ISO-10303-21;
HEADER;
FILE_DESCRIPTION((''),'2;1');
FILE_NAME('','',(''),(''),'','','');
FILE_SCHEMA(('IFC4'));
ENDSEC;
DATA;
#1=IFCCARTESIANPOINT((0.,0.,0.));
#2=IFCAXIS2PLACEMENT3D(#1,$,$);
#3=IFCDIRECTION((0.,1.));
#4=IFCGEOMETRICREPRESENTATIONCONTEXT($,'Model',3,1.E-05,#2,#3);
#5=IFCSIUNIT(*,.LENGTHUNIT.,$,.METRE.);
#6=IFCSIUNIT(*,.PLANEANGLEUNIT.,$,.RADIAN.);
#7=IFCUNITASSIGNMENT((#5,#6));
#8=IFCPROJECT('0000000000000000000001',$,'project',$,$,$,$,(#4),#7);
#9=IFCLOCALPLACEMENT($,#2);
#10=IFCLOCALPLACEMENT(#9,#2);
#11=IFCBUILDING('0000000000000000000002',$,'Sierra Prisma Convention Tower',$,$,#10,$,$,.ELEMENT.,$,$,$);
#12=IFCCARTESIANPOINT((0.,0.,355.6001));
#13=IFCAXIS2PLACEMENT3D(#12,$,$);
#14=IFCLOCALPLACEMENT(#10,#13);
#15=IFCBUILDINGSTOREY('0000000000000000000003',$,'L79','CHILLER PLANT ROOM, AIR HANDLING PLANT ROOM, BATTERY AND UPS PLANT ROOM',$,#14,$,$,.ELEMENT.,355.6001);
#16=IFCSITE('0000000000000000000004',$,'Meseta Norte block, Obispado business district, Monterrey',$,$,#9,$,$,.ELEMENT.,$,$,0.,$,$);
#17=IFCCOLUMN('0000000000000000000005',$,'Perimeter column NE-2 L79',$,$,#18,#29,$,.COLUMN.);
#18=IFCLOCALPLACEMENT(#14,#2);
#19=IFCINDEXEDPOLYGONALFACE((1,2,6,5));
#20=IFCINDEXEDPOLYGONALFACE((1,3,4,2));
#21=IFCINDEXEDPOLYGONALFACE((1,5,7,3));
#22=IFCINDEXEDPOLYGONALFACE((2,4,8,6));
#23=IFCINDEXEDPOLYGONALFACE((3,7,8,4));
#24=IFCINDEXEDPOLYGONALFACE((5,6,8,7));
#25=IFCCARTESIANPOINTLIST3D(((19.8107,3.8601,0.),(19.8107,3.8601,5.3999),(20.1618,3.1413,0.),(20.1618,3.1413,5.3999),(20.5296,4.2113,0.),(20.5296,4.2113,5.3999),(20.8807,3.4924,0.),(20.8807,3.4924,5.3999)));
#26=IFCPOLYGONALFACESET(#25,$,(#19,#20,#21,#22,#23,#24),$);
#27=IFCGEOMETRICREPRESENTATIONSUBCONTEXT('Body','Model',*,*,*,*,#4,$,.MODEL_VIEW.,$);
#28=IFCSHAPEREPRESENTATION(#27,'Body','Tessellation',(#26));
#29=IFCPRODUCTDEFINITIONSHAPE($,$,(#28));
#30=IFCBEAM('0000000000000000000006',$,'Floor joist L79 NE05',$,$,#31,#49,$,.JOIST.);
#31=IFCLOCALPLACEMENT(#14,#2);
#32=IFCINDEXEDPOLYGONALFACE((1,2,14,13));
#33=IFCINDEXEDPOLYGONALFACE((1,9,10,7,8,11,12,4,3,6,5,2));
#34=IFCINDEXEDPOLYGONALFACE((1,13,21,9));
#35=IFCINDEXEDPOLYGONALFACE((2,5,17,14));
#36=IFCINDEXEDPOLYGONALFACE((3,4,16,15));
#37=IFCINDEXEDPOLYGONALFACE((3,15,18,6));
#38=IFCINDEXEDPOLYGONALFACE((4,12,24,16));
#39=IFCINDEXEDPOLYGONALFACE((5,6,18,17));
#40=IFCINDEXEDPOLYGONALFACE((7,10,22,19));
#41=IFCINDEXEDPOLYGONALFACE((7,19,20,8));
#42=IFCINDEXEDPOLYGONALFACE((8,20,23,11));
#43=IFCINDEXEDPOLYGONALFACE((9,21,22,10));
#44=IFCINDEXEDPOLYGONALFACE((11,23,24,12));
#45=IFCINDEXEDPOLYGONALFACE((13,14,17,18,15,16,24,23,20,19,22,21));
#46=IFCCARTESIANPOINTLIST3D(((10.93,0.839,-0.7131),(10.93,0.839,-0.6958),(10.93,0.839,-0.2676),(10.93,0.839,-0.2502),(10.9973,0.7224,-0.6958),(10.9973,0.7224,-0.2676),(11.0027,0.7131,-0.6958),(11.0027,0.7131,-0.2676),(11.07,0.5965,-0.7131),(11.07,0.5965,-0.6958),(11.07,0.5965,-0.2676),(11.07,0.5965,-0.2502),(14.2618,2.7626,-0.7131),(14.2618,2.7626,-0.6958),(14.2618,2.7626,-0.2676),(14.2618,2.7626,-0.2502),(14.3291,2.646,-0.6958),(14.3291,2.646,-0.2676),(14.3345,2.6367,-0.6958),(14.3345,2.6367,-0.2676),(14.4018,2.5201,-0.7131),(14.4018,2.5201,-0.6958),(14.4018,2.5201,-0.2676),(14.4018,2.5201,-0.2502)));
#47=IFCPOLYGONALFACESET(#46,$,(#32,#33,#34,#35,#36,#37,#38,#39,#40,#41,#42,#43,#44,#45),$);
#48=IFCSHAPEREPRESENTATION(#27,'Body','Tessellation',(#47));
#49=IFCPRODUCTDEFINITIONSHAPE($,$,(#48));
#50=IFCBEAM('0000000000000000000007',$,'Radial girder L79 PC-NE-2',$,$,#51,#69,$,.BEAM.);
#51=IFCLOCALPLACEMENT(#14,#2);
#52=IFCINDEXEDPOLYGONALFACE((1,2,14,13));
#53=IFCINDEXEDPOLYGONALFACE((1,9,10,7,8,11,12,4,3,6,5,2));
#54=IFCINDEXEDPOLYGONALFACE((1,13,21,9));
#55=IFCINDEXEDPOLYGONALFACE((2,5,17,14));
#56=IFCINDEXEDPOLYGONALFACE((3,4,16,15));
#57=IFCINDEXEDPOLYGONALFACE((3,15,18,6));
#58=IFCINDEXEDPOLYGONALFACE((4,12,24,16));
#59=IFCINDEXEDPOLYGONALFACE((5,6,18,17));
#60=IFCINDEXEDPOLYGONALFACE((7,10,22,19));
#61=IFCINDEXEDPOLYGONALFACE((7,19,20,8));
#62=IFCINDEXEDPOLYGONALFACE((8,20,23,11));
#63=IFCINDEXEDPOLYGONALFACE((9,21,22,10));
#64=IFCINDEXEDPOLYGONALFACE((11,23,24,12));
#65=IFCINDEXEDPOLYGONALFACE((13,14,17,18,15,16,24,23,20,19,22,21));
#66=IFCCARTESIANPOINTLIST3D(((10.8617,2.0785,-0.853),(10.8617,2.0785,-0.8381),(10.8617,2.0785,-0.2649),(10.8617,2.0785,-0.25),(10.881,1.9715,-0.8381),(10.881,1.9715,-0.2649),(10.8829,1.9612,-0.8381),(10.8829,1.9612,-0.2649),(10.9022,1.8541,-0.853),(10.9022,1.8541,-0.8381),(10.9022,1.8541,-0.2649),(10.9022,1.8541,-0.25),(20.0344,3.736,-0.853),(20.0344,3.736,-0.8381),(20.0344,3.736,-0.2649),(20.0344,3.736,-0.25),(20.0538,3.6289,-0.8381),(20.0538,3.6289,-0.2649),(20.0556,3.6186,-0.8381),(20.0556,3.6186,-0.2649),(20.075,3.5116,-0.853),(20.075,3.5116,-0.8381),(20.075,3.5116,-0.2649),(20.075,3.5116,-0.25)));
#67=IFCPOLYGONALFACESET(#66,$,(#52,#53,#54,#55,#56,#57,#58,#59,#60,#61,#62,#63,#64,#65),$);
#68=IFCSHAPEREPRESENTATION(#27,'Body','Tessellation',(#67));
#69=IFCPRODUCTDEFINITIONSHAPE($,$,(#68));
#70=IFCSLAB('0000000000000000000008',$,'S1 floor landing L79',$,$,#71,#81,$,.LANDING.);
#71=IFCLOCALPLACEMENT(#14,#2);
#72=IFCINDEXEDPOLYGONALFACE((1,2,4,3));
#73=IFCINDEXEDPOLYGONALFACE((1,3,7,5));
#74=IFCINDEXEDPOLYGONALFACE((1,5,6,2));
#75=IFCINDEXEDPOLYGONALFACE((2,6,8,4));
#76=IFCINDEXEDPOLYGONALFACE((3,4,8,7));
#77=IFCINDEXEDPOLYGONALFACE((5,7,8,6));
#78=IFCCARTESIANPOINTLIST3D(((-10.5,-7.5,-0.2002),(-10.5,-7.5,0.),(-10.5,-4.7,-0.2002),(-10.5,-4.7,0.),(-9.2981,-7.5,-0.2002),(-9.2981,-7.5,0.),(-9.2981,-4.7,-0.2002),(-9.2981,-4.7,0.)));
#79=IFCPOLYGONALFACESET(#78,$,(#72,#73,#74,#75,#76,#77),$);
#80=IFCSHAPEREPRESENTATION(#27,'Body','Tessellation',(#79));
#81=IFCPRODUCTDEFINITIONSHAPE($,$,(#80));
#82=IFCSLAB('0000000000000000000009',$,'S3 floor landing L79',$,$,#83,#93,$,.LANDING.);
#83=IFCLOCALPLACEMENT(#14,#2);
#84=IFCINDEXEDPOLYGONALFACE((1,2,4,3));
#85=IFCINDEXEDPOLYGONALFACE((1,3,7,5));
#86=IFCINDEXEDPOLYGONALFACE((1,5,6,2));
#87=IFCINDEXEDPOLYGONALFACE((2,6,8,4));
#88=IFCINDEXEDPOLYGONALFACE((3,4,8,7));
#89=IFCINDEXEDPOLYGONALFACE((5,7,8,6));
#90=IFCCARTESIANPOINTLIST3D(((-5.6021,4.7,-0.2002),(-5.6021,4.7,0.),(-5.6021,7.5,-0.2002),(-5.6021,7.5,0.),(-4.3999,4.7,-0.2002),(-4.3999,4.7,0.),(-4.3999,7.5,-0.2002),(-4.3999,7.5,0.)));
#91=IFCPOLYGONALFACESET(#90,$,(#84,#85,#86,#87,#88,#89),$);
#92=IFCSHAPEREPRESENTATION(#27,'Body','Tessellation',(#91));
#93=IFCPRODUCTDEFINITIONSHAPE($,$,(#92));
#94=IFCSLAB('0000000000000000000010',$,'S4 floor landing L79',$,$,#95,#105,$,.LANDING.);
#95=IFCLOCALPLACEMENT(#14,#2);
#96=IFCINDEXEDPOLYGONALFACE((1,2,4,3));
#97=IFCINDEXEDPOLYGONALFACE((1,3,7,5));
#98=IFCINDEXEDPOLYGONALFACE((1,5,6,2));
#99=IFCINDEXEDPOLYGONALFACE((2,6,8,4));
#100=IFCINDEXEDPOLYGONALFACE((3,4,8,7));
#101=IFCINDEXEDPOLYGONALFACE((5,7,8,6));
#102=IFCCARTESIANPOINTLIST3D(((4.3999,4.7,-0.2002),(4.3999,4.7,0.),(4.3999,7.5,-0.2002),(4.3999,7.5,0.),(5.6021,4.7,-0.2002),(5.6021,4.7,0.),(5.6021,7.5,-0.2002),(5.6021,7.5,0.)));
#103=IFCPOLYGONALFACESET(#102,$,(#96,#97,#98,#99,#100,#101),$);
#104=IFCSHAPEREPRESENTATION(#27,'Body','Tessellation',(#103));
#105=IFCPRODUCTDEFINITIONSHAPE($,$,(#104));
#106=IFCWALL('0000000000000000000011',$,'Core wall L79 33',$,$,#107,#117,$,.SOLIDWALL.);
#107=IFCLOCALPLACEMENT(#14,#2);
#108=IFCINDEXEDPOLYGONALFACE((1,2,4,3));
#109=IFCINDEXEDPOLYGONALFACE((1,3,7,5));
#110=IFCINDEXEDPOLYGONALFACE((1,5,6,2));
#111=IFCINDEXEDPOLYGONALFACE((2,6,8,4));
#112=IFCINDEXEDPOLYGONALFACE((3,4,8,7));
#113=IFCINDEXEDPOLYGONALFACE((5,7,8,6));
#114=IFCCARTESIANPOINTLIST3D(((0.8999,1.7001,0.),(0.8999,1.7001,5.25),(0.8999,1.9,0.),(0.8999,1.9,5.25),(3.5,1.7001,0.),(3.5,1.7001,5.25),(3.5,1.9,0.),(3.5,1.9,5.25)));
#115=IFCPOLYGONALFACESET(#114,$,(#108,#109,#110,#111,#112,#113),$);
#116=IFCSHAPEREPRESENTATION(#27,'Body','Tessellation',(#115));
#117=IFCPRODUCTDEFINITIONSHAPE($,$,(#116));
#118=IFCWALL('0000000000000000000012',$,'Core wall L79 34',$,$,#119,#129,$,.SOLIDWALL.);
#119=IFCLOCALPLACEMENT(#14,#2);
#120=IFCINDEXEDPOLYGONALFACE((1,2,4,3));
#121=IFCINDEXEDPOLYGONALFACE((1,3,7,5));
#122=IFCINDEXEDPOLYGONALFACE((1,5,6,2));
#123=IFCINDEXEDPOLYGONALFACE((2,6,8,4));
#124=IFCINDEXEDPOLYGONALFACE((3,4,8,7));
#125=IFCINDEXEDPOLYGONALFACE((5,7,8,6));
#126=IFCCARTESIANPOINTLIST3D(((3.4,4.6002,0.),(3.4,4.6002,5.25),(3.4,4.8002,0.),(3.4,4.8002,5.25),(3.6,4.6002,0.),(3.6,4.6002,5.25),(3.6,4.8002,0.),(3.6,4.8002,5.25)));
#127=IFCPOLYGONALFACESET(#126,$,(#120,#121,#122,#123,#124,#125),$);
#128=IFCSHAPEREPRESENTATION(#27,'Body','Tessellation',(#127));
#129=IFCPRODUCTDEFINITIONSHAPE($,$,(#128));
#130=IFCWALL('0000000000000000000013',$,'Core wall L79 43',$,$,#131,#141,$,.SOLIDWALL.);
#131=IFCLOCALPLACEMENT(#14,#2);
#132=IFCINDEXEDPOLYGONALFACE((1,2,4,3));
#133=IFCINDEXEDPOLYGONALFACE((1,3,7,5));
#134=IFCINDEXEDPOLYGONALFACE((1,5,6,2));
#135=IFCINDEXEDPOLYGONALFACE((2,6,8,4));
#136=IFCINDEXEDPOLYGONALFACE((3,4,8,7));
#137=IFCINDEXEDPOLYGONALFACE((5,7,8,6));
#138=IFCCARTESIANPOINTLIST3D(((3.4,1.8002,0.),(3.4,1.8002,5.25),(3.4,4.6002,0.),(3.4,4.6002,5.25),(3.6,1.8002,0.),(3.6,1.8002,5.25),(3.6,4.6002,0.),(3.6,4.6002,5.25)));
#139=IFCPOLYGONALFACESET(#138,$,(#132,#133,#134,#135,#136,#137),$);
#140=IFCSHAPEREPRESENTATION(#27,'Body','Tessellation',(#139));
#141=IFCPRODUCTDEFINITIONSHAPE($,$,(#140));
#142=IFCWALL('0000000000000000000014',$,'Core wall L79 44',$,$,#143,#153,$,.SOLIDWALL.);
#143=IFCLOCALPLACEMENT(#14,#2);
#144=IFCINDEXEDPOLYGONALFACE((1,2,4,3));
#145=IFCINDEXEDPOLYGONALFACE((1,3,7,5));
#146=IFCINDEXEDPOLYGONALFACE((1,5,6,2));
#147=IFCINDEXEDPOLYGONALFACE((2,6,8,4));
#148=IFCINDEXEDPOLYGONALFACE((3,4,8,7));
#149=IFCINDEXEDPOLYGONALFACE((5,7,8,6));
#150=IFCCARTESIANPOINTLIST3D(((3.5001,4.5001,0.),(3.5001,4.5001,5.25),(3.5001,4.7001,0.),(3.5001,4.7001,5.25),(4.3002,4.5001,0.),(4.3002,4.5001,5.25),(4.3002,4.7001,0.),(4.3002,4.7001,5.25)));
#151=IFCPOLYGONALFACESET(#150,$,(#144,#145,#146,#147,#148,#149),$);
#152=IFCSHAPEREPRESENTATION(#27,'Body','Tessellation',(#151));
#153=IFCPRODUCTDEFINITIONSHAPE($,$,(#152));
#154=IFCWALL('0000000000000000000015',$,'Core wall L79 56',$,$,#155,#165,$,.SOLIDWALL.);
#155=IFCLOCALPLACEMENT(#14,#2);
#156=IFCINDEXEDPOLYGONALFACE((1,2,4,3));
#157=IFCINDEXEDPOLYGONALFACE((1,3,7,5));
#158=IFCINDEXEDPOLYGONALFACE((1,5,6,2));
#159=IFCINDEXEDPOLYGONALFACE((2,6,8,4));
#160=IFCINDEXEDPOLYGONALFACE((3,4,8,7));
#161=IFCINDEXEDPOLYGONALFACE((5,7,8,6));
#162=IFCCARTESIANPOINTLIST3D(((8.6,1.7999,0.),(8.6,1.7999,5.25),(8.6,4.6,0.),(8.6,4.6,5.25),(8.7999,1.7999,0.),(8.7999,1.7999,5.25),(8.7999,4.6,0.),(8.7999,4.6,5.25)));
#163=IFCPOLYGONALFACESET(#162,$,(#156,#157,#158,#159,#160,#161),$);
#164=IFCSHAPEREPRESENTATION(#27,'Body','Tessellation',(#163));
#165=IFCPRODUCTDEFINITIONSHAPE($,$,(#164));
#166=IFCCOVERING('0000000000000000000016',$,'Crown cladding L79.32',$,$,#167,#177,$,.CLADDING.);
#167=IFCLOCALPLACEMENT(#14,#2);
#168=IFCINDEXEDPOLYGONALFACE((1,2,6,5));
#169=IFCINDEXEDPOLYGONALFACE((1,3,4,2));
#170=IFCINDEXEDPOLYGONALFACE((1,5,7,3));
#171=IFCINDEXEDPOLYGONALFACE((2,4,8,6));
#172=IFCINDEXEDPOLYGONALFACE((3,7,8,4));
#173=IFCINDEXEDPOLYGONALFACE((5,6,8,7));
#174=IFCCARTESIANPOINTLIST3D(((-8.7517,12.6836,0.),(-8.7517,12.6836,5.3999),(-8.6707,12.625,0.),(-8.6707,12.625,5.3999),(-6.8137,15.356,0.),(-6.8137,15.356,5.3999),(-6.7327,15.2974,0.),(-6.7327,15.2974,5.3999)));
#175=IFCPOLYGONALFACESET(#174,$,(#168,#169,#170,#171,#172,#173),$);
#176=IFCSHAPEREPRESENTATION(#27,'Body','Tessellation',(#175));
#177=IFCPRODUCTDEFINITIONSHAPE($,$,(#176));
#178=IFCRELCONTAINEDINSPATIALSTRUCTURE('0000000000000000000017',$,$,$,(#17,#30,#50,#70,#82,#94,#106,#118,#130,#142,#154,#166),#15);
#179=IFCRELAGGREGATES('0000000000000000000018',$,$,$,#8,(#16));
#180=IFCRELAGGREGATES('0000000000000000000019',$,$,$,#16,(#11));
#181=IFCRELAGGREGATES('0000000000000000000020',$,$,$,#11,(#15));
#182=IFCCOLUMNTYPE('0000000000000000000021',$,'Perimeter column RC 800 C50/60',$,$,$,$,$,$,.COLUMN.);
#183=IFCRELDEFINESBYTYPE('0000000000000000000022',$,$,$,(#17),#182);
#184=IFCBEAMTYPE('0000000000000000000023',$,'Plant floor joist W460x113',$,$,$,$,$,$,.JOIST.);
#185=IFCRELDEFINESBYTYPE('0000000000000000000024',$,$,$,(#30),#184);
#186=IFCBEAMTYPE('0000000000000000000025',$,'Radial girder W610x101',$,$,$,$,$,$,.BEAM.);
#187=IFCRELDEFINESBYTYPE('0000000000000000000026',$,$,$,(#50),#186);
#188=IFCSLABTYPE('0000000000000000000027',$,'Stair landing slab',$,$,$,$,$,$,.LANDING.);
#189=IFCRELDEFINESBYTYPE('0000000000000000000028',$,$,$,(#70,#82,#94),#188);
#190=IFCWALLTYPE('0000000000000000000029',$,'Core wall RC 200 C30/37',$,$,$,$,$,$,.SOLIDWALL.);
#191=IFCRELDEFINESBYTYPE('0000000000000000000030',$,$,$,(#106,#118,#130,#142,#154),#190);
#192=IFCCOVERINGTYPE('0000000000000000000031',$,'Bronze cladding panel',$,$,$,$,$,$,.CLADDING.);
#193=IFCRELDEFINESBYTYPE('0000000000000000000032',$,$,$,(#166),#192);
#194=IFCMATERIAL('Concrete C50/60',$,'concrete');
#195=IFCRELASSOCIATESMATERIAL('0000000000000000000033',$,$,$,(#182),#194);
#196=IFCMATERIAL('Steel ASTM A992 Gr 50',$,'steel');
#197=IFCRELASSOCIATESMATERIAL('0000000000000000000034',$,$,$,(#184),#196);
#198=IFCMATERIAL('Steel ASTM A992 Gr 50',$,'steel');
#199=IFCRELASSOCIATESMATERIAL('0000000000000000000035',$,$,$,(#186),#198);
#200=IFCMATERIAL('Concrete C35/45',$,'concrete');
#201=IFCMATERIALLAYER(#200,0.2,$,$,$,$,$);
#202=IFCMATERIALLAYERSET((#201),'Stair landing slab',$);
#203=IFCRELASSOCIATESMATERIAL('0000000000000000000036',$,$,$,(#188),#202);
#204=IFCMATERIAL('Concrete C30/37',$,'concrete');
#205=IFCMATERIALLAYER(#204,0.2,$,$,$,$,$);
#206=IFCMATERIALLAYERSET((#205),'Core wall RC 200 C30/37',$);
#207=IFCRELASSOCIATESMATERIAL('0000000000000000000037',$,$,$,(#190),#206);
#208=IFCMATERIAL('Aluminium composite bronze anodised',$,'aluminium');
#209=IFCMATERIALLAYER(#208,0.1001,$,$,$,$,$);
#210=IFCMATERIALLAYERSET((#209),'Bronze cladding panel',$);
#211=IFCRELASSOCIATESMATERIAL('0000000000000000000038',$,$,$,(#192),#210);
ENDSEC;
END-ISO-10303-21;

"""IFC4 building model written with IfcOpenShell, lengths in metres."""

from ifc_helpers import new_model, si_unit, direction, frame, frame_2d, origin, origin_2d, place, context, subcontext, project, spatial, polyline, rectangle, i_section, outline, extrude, material, layer, layer_set, material_profile, profile_set, type_object, element, save


model = new_model("IFC4")

# Units and contexts
model_context = context("Model", 3, precision=1e-05, world=origin(), true_north=direction((0.0, 1.0)))
body_context = subcontext(model_context, "Body", "Model", "MODEL_VIEW")
ifc_project = project(units=[si_unit("LENGTHUNIT", "METRE"), si_unit("PLANEANGLEUNIT", "RADIAN")], contexts=[model_context])

# Site, building, storey
site_placement = place(None, origin())
site = spatial("IfcSite", under=ifc_project, at=site_placement, Name="Meseta Norte block, Obispado business district, Monterrey", CompositionType="ELEMENT", RefElevation=0.0)
building_placement = place(site_placement, origin())
building = spatial("IfcBuilding", under=site, at=building_placement, Name="Sierra Prisma Convention Tower", CompositionType="ELEMENT")
storey_placement = place(building_placement, frame((0.0, 0.0, 355.6001)))
storey = spatial("IfcBuildingStorey", under=building, at=storey_placement, Name="L79", Description="CHILLER PLANT ROOM, AIR HANDLING PLANT ROOM, BATTERY AND UPS PLANT ROOM", CompositionType="ELEMENT", Elevation=355.6001)

# Column
ifc_material_1 = material(Name="Concrete C50/60", Category="concrete")
ifc_material_profile_1 = material_profile(ifc_material_1, rectangle(XDim=0.8, YDim=0.8, at=origin_2d()), Name="Perimeter column RC 800 C50/60")
ifc_profile_set_1 = profile_set([ifc_material_profile_1], Name="Concrete C50/60")
column_type = type_object("IfcColumnType", Name="Perimeter column RC 800 C50/60", PredefinedType="COLUMN", material=ifc_profile_set_1)
column_placement = place(storey_placement, frame((20.3457, 3.6763, 0.0), z_axis=(0.0, 0.0, 1.0), x_axis=(-0.438895, 0.898538, 0.0)))
element("IfcColumn", 1, at=column_placement, inside=storey, type_object=column_type, Name="Perimeter column NE-2 L79", PredefinedType="COLUMN", context=body_context, shape_type="SweptSolid", body=[
    extrude(rectangle(XDim=0.8, YDim=0.8, at=origin_2d()), origin(), (0.0, 0.0, 1.0), 5.3999),
])

# Beams
ifc_material_2 = material(Name="Steel ASTM A992 Gr 50", Category="steel")
ifc_material_profile_2 = material_profile(ifc_material_2, i_section(OverallWidth=0.28, OverallDepth=0.4629, WebThickness=0.0107, FlangeThickness=0.0173, at=origin_2d()), Name="W460x113")
ifc_profile_set_2 = profile_set([ifc_material_profile_2], Name="Steel ASTM A992 Gr 50")
beam_type_1 = type_object("IfcBeamType", Name="Plant floor joist W460x113", PredefinedType="JOIST", material=ifc_profile_set_2)
beam_1_placement = place(storey_placement, frame((14.3318, 2.6414, -0.4817), z_axis=(-0.866028, -0.499995, 0.0), x_axis=(0.499995, -0.866028, 0.0)))
element("IfcBeam", 2, at=beam_1_placement, inside=storey, type_object=beam_type_1, Name="Floor joist L79 NE05", PredefinedType="JOIST", context=body_context, shape_type="SweptSolid", body=[
    extrude(i_section(OverallWidth=0.28, OverallDepth=0.4629, WebThickness=0.0107, FlangeThickness=0.0173, at=origin_2d()), origin(), (0.0, 0.0, 1.0), 3.8472),
])
ifc_material_3 = material(Name="Steel ASTM A992 Gr 50", Category="steel")
ifc_material_profile_3 = material_profile(ifc_material_3, i_section(OverallWidth=0.228, OverallDepth=0.603, WebThickness=0.0105, FlangeThickness=0.0149, at=origin_2d()), Name="W610x101")
ifc_profile_set_3 = profile_set([ifc_material_profile_3], Name="Steel ASTM A992 Gr 50")
beam_type_2 = type_object("IfcBeamType", Name="Radial girder W610x101", PredefinedType="BEAM", material=ifc_profile_set_3)
beam_2_placement = place(storey_placement, frame((20.0547, 3.6238, -0.5515), z_axis=(-0.984064, -0.177814, 0.0), x_axis=(0.177814, -0.984064, 0.0)))
element("IfcBeam", 3, at=beam_2_placement, inside=storey, type_object=beam_type_2, Name="Radial girder L79 PC-NE-2", PredefinedType="BEAM", context=body_context, shape_type="SweptSolid", body=[
    extrude(i_section(OverallWidth=0.228, OverallDepth=0.603, WebThickness=0.0105, FlangeThickness=0.0149, at=origin_2d()), origin(), (0.0, 0.0, 1.0), 9.3213),
])

# Slabs
ifc_material_4 = material(Name="Concrete C35/45", Category="concrete")
ifc_layer_1 = layer(ifc_material_4, 0.2)
ifc_layer_set_1 = layer_set([ifc_layer_1], Name="Stair landing slab")
slab_type = type_object("IfcSlabType", Name="Stair landing slab", PredefinedType="LANDING", material=ifc_layer_set_1)
slab_1_placement = place(storey_placement, frame((0.0, 0.0, -0.2002)))
element("IfcSlab", 4, at=slab_1_placement, inside=storey, type_object=slab_type, Name="S1 floor landing L79", PredefinedType="LANDING", context=body_context, shape_type="SweptSolid", body=[
    extrude(outline(polyline([(-10.5, -7.5), (-9.2981, -7.5), (-9.2981, -4.7), (-10.5, -4.7), (-10.5, -7.5)])), origin(), (0.0, 0.0, 1.0), 0.2002),
])
slab_2_placement = place(storey_placement, frame((0.0, 0.0, -0.2002)))
element("IfcSlab", 5, at=slab_2_placement, inside=storey, type_object=slab_type, Name="S3 floor landing L79", PredefinedType="LANDING", context=body_context, shape_type="SweptSolid", body=[
    extrude(outline(polyline([(-4.3999, 7.5), (-5.6021, 7.5), (-5.6021, 4.7), (-4.3999, 4.7), (-4.3999, 7.5)])), origin(), (0.0, 0.0, 1.0), 0.2002),
])
slab_3_placement = place(storey_placement, frame((0.0, 0.0, -0.2002)))
element("IfcSlab", 6, at=slab_3_placement, inside=storey, type_object=slab_type, Name="S4 floor landing L79", PredefinedType="LANDING", context=body_context, shape_type="SweptSolid", body=[
    extrude(outline(polyline([(4.3999, 4.7), (5.6021, 4.7), (5.6021, 7.5), (4.3999, 7.5), (4.3999, 4.7)])), origin(), (0.0, 0.0, 1.0), 0.2002),
])

# Shared definitions
ifc_material_5 = material(Name="Concrete C30/37", Category="concrete")
ifc_layer_2 = layer(ifc_material_5, 0.2)
ifc_layer_set_2 = layer_set([ifc_layer_2], Name="Core wall RC 200 C30/37")
wall_type = type_object("IfcWallType", Name="Core wall RC 200 C30/37", PredefinedType="SOLIDWALL", material=ifc_layer_set_2)

# Walls
wall_1_placement = place(storey_placement, frame((3.5, 1.8, 0.0), z_axis=(0.0, 0.0, 1.0), x_axis=(-1.0, 0.0, 0.0)))
element("IfcWall", 7, at=wall_1_placement, inside=storey, type_object=wall_type, Name="Core wall L79 33", PredefinedType="SOLIDWALL", context=body_context, shape_type="SweptSolid", body=[
    extrude(rectangle(XDim=2.6001, YDim=0.2, at=frame_2d((1.3, 0.0))), origin(), (0.0, 0.0, 1.0), 5.25),
])
wall_2_placement = place(storey_placement, frame((3.5, 4.6001, 0.0), z_axis=(0.0, 0.0, 1.0), x_axis=(0.0, 1.0, 0.0)))
element("IfcWall", 8, at=wall_2_placement, inside=storey, type_object=wall_type, Name="Core wall L79 34", PredefinedType="SOLIDWALL", context=body_context, shape_type="SweptSolid", body=[
    extrude(rectangle(XDim=0.2, YDim=0.2, at=frame_2d((0.1001, 0.0))), origin(), (0.0, 0.0, 1.0), 5.25),
])

# Walls
wall_3_placement = place(storey_placement, frame((3.5, 4.6001, 0.0), z_axis=(0.0, 0.0, 1.0), x_axis=(0.0, -1.0, 0.0)))
element("IfcWall", 9, at=wall_3_placement, inside=storey, type_object=wall_type, Name="Core wall L79 43", PredefinedType="SOLIDWALL", context=body_context, shape_type="SweptSolid", body=[
    extrude(rectangle(XDim=2.8, YDim=0.2, at=frame_2d((1.3999, 0.0))), origin(), (0.0, 0.0, 1.0), 5.25),
])
wall_4_placement = place(storey_placement, frame((4.3, 4.6001, 0.0), z_axis=(0.0, 0.0, 1.0), x_axis=(-1.0, 0.0, 0.0)))
element("IfcWall", 10, at=wall_4_placement, inside=storey, type_object=wall_type, Name="Core wall L79 44", PredefinedType="SOLIDWALL", context=body_context, shape_type="SweptSolid", body=[
    extrude(rectangle(XDim=0.8, YDim=0.2, at=frame_2d((0.3999, 0.0))), origin(), (0.0, 0.0, 1.0), 5.25),
])

# Wall
wall_5_placement = place(storey_placement, frame((8.7, 1.8, 0.0), z_axis=(0.0, 0.0, 1.0), x_axis=(0.0, 1.0, 0.0)))
element("IfcWall", 11, at=wall_5_placement, inside=storey, type_object=wall_type, Name="Core wall L79 56", PredefinedType="SOLIDWALL", context=body_context, shape_type="SweptSolid", body=[
    extrude(rectangle(XDim=2.8, YDim=0.2, at=frame_2d((1.3999, 0.0))), origin(), (0.0, 0.0, 1.0), 5.25),
])

# Covering
ifc_material_6 = material(Name="Aluminium composite bronze anodised", Category="aluminium")
ifc_layer_3 = layer(ifc_material_6, 0.1001)
ifc_layer_set_3 = layer_set([ifc_layer_3], Name="Bronze cladding panel")
covering_type = type_object("IfcCoveringType", Name="Bronze cladding panel", PredefinedType="CLADDING", material=ifc_layer_set_3)
covering_1_placement = place(storey_placement, origin())
element("IfcCovering", 12, at=covering_1_placement, inside=storey, type_object=covering_type, Name="Crown cladding L79.32", PredefinedType="CLADDING", context=body_context, shape_type="SweptSolid", body=[
    extrude(outline(polyline([(-6.7327, 15.2974), (-8.6707, 12.625), (-8.7517, 12.6836), (-6.8137, 15.356), (-6.7327, 15.2974)])), origin(), (0.0, 0.0, 1.0), 5.3999),
])

save(model, "model.ifc")
